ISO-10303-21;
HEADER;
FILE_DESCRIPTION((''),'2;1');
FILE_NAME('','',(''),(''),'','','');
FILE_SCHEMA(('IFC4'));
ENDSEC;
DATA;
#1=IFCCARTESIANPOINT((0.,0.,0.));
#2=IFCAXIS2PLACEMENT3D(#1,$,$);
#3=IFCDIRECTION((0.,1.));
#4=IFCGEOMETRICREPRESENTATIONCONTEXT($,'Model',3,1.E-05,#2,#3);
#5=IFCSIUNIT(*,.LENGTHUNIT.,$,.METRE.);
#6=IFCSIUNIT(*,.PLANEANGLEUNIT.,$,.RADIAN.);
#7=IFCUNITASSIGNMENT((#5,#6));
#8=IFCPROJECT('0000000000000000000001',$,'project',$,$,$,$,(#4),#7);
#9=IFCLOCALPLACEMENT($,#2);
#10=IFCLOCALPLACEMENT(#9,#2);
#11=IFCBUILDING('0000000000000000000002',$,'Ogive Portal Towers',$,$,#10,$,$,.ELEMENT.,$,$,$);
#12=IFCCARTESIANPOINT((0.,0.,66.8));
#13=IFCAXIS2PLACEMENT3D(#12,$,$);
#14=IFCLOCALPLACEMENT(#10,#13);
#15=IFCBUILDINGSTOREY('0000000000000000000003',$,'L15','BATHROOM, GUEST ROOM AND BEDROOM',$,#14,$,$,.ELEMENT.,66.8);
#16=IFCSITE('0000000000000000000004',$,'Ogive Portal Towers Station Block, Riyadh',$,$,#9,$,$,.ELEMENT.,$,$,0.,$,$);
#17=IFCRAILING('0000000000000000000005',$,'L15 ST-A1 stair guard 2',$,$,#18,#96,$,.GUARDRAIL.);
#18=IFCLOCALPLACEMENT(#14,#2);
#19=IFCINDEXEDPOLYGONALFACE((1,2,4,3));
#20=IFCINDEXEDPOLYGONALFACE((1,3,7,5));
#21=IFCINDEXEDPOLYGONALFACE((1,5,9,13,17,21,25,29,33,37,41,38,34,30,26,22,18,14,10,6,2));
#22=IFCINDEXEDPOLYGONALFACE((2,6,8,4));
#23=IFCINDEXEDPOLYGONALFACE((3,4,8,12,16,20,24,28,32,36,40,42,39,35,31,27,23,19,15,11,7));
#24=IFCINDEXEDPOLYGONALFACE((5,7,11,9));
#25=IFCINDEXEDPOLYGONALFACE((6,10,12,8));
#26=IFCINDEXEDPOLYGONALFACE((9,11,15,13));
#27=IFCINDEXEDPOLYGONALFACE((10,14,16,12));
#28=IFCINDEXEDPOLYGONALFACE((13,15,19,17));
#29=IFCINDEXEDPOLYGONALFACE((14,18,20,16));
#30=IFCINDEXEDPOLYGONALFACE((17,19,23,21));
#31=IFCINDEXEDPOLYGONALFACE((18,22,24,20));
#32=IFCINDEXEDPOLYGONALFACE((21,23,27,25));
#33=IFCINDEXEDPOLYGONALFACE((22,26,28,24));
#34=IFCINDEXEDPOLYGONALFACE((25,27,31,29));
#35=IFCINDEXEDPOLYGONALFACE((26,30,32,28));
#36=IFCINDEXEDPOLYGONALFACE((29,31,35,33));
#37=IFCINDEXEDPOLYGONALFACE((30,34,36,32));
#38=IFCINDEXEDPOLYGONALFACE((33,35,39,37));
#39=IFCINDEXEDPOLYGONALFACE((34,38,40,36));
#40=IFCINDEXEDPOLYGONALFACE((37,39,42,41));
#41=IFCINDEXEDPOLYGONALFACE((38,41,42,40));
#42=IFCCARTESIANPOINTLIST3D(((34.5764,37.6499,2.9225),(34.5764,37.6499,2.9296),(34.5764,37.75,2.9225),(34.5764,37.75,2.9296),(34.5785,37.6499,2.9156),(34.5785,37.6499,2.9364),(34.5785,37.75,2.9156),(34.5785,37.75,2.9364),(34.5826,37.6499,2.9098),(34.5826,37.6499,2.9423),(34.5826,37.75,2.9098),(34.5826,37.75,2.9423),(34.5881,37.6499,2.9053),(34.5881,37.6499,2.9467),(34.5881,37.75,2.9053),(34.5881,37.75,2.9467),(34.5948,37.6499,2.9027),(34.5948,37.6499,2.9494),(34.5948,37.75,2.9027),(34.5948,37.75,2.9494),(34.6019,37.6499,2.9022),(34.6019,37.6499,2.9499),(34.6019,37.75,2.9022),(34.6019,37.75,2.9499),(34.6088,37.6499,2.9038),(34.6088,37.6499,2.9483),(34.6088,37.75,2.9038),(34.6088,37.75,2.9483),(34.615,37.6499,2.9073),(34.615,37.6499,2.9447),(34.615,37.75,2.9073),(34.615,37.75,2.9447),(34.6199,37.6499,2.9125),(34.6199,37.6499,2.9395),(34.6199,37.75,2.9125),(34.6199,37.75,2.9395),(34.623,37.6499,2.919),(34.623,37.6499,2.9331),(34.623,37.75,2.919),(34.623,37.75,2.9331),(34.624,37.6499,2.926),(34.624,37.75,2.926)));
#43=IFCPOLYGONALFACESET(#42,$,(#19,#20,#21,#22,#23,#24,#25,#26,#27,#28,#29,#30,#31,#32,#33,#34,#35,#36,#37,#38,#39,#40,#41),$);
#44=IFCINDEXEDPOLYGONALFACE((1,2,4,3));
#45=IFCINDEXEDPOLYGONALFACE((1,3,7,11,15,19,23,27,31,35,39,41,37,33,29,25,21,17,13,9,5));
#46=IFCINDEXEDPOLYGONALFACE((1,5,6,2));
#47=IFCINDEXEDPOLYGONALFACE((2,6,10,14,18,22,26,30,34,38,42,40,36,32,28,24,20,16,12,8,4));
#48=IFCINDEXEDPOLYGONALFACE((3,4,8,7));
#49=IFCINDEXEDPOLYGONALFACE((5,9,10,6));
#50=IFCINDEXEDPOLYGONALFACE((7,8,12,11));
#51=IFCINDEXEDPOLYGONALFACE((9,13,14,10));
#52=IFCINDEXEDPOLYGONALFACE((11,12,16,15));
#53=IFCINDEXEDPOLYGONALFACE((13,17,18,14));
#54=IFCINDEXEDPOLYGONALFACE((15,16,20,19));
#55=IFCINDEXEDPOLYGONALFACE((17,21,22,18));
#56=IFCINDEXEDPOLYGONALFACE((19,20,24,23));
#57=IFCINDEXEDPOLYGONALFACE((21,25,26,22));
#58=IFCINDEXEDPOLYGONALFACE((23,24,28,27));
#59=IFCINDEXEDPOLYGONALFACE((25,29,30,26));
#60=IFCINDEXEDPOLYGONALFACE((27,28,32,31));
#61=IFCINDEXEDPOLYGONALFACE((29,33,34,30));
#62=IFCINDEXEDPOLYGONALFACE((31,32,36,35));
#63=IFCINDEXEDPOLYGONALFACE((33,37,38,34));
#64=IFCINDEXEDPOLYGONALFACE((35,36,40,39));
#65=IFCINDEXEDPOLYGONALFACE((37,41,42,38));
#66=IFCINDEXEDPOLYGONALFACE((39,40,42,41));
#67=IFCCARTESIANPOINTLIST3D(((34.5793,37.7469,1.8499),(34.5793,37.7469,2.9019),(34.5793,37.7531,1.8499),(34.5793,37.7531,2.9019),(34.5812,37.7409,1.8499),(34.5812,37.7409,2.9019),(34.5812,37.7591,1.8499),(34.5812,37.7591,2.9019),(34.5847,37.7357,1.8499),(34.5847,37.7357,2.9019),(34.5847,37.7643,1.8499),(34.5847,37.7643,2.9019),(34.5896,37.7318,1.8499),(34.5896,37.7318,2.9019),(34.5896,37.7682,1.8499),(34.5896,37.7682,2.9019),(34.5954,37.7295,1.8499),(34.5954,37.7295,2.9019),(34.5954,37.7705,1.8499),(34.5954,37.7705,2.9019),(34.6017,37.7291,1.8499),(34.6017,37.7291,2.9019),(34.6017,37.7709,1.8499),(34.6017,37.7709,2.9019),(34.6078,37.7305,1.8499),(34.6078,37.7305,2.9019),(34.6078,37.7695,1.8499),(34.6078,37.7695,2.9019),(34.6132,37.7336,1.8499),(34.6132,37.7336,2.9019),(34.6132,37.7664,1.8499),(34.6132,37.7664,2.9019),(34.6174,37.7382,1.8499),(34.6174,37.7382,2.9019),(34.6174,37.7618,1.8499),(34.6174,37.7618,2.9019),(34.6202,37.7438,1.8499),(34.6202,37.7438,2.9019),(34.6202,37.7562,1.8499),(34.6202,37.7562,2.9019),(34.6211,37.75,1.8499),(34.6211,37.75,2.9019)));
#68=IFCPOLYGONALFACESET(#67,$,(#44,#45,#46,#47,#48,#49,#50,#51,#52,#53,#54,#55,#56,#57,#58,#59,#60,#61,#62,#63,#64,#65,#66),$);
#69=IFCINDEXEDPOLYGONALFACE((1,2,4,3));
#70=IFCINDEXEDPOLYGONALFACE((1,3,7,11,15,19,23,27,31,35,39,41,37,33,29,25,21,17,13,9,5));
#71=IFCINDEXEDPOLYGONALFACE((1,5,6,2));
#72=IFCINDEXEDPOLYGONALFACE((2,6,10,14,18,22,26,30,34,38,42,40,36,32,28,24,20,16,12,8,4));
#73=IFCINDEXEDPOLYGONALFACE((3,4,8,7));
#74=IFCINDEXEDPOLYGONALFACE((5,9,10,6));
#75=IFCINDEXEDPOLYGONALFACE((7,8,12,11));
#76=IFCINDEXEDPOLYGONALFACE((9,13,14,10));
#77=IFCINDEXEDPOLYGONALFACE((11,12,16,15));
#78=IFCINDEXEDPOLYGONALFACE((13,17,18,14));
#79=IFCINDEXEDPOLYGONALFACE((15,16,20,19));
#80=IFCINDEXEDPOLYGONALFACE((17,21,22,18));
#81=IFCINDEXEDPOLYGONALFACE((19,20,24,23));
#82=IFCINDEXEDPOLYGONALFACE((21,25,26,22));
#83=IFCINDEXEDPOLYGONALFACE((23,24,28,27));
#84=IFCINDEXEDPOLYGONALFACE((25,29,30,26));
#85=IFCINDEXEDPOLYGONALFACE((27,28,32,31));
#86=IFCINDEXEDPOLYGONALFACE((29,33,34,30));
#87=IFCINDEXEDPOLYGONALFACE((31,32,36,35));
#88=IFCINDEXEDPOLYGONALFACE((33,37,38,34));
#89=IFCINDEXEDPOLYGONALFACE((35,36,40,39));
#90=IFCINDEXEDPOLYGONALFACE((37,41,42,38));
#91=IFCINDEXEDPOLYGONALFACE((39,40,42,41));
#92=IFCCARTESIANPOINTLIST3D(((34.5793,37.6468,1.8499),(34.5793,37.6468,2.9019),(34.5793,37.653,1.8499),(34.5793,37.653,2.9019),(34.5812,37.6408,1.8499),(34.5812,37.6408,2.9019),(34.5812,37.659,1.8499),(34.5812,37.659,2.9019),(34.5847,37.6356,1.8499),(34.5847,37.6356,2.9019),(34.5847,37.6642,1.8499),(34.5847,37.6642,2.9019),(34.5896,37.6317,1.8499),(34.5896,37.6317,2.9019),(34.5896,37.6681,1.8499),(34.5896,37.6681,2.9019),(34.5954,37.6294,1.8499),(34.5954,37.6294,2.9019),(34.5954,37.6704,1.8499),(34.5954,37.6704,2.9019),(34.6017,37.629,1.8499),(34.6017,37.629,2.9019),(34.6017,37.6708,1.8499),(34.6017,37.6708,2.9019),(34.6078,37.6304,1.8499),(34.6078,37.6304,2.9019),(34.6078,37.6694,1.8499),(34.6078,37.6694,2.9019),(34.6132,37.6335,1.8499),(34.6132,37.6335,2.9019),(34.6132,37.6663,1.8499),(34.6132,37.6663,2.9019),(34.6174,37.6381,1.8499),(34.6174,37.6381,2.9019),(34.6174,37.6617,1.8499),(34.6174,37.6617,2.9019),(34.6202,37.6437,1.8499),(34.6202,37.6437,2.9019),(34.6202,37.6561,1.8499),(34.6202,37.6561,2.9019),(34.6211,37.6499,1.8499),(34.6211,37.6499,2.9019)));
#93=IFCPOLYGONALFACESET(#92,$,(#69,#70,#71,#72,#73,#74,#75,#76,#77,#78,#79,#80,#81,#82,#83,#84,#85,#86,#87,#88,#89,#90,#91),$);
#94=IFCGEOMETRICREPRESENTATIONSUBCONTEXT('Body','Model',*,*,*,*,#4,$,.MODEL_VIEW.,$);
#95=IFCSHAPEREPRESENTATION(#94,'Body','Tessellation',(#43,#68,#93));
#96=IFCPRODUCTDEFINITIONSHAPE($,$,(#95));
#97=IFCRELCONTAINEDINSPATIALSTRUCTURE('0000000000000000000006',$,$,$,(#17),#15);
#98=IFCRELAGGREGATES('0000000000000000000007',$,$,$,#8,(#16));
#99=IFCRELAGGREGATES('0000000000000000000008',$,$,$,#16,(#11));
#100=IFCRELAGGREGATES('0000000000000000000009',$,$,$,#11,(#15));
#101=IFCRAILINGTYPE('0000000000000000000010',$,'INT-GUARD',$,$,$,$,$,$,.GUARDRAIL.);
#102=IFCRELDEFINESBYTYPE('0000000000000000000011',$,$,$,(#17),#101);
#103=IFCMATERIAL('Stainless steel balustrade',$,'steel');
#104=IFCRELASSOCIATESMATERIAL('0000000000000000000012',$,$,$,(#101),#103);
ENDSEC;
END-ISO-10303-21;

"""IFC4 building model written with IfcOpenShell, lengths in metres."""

from ifc_helpers import new_model, si_unit, direction, frame, origin, origin_2d, place, context, subcontext, project, spatial, circle, extrude, material, type_object, element, save


model = new_model("IFC4")

# Units and contexts
model_context = context("Model", 3, precision=1e-05, world=origin(), true_north=direction((0.0, 1.0)))
body_context = subcontext(model_context, "Body", "Model", "MODEL_VIEW")
ifc_project = project(units=[si_unit("LENGTHUNIT", "METRE"), si_unit("PLANEANGLEUNIT", "RADIAN")], contexts=[model_context])

# Site, building, storey
site_placement = place(None, origin())
site = spatial("IfcSite", under=ifc_project, at=site_placement, Name="Ogive Portal Towers Station Block, Riyadh", CompositionType="ELEMENT", RefElevation=0.0)
building_placement = place(site_placement, origin())
building = spatial("IfcBuilding", under=site, at=building_placement, Name="Ogive Portal Towers", CompositionType="ELEMENT")
storey_placement = place(building_placement, frame((0.0, 0.0, 66.8)))
storey = spatial("IfcBuildingStorey", under=building, at=storey_placement, Name="L15", Description="BATHROOM, GUEST ROOM AND BEDROOM", CompositionType="ELEMENT", Elevation=66.8)

# Railing
ifc_material_1 = material(Name="Stainless steel balustrade", Category="steel")
railing_type_1 = type_object("IfcRailingType", Name="INT-GUARD", PredefinedType="GUARDRAIL", material=ifc_material_1)
railing_1_placement = place(storey_placement, frame((34.6001, 37.75, 1.8499)))
element("IfcRailing", 1, at=railing_1_placement, inside=storey, type_object=railing_type_1, Name="L15 ST-A1 stair guard 2", PredefinedType="GUARDRAIL", context=body_context, shape_type="SweptSolid", body=[
    extrude(circle(Radius=0.0239, at=origin_2d()), frame((0.0, 0.0, 1.0762), z_axis=(0.0, -1.0, 0.0), x_axis=(1.0, 0.0, 0.0)), (0.0, 0.0, 1.0), 0.1001),
    extrude(circle(Radius=0.021, at=origin_2d()), origin(), (0.0, 0.0, 1.0), 1.052),
    extrude(circle(Radius=0.021, at=origin_2d()), frame((0.0, -0.1001, 0.0)), (0.0, 0.0, 1.0), 1.052),
])

save(model, "model.ifc")
